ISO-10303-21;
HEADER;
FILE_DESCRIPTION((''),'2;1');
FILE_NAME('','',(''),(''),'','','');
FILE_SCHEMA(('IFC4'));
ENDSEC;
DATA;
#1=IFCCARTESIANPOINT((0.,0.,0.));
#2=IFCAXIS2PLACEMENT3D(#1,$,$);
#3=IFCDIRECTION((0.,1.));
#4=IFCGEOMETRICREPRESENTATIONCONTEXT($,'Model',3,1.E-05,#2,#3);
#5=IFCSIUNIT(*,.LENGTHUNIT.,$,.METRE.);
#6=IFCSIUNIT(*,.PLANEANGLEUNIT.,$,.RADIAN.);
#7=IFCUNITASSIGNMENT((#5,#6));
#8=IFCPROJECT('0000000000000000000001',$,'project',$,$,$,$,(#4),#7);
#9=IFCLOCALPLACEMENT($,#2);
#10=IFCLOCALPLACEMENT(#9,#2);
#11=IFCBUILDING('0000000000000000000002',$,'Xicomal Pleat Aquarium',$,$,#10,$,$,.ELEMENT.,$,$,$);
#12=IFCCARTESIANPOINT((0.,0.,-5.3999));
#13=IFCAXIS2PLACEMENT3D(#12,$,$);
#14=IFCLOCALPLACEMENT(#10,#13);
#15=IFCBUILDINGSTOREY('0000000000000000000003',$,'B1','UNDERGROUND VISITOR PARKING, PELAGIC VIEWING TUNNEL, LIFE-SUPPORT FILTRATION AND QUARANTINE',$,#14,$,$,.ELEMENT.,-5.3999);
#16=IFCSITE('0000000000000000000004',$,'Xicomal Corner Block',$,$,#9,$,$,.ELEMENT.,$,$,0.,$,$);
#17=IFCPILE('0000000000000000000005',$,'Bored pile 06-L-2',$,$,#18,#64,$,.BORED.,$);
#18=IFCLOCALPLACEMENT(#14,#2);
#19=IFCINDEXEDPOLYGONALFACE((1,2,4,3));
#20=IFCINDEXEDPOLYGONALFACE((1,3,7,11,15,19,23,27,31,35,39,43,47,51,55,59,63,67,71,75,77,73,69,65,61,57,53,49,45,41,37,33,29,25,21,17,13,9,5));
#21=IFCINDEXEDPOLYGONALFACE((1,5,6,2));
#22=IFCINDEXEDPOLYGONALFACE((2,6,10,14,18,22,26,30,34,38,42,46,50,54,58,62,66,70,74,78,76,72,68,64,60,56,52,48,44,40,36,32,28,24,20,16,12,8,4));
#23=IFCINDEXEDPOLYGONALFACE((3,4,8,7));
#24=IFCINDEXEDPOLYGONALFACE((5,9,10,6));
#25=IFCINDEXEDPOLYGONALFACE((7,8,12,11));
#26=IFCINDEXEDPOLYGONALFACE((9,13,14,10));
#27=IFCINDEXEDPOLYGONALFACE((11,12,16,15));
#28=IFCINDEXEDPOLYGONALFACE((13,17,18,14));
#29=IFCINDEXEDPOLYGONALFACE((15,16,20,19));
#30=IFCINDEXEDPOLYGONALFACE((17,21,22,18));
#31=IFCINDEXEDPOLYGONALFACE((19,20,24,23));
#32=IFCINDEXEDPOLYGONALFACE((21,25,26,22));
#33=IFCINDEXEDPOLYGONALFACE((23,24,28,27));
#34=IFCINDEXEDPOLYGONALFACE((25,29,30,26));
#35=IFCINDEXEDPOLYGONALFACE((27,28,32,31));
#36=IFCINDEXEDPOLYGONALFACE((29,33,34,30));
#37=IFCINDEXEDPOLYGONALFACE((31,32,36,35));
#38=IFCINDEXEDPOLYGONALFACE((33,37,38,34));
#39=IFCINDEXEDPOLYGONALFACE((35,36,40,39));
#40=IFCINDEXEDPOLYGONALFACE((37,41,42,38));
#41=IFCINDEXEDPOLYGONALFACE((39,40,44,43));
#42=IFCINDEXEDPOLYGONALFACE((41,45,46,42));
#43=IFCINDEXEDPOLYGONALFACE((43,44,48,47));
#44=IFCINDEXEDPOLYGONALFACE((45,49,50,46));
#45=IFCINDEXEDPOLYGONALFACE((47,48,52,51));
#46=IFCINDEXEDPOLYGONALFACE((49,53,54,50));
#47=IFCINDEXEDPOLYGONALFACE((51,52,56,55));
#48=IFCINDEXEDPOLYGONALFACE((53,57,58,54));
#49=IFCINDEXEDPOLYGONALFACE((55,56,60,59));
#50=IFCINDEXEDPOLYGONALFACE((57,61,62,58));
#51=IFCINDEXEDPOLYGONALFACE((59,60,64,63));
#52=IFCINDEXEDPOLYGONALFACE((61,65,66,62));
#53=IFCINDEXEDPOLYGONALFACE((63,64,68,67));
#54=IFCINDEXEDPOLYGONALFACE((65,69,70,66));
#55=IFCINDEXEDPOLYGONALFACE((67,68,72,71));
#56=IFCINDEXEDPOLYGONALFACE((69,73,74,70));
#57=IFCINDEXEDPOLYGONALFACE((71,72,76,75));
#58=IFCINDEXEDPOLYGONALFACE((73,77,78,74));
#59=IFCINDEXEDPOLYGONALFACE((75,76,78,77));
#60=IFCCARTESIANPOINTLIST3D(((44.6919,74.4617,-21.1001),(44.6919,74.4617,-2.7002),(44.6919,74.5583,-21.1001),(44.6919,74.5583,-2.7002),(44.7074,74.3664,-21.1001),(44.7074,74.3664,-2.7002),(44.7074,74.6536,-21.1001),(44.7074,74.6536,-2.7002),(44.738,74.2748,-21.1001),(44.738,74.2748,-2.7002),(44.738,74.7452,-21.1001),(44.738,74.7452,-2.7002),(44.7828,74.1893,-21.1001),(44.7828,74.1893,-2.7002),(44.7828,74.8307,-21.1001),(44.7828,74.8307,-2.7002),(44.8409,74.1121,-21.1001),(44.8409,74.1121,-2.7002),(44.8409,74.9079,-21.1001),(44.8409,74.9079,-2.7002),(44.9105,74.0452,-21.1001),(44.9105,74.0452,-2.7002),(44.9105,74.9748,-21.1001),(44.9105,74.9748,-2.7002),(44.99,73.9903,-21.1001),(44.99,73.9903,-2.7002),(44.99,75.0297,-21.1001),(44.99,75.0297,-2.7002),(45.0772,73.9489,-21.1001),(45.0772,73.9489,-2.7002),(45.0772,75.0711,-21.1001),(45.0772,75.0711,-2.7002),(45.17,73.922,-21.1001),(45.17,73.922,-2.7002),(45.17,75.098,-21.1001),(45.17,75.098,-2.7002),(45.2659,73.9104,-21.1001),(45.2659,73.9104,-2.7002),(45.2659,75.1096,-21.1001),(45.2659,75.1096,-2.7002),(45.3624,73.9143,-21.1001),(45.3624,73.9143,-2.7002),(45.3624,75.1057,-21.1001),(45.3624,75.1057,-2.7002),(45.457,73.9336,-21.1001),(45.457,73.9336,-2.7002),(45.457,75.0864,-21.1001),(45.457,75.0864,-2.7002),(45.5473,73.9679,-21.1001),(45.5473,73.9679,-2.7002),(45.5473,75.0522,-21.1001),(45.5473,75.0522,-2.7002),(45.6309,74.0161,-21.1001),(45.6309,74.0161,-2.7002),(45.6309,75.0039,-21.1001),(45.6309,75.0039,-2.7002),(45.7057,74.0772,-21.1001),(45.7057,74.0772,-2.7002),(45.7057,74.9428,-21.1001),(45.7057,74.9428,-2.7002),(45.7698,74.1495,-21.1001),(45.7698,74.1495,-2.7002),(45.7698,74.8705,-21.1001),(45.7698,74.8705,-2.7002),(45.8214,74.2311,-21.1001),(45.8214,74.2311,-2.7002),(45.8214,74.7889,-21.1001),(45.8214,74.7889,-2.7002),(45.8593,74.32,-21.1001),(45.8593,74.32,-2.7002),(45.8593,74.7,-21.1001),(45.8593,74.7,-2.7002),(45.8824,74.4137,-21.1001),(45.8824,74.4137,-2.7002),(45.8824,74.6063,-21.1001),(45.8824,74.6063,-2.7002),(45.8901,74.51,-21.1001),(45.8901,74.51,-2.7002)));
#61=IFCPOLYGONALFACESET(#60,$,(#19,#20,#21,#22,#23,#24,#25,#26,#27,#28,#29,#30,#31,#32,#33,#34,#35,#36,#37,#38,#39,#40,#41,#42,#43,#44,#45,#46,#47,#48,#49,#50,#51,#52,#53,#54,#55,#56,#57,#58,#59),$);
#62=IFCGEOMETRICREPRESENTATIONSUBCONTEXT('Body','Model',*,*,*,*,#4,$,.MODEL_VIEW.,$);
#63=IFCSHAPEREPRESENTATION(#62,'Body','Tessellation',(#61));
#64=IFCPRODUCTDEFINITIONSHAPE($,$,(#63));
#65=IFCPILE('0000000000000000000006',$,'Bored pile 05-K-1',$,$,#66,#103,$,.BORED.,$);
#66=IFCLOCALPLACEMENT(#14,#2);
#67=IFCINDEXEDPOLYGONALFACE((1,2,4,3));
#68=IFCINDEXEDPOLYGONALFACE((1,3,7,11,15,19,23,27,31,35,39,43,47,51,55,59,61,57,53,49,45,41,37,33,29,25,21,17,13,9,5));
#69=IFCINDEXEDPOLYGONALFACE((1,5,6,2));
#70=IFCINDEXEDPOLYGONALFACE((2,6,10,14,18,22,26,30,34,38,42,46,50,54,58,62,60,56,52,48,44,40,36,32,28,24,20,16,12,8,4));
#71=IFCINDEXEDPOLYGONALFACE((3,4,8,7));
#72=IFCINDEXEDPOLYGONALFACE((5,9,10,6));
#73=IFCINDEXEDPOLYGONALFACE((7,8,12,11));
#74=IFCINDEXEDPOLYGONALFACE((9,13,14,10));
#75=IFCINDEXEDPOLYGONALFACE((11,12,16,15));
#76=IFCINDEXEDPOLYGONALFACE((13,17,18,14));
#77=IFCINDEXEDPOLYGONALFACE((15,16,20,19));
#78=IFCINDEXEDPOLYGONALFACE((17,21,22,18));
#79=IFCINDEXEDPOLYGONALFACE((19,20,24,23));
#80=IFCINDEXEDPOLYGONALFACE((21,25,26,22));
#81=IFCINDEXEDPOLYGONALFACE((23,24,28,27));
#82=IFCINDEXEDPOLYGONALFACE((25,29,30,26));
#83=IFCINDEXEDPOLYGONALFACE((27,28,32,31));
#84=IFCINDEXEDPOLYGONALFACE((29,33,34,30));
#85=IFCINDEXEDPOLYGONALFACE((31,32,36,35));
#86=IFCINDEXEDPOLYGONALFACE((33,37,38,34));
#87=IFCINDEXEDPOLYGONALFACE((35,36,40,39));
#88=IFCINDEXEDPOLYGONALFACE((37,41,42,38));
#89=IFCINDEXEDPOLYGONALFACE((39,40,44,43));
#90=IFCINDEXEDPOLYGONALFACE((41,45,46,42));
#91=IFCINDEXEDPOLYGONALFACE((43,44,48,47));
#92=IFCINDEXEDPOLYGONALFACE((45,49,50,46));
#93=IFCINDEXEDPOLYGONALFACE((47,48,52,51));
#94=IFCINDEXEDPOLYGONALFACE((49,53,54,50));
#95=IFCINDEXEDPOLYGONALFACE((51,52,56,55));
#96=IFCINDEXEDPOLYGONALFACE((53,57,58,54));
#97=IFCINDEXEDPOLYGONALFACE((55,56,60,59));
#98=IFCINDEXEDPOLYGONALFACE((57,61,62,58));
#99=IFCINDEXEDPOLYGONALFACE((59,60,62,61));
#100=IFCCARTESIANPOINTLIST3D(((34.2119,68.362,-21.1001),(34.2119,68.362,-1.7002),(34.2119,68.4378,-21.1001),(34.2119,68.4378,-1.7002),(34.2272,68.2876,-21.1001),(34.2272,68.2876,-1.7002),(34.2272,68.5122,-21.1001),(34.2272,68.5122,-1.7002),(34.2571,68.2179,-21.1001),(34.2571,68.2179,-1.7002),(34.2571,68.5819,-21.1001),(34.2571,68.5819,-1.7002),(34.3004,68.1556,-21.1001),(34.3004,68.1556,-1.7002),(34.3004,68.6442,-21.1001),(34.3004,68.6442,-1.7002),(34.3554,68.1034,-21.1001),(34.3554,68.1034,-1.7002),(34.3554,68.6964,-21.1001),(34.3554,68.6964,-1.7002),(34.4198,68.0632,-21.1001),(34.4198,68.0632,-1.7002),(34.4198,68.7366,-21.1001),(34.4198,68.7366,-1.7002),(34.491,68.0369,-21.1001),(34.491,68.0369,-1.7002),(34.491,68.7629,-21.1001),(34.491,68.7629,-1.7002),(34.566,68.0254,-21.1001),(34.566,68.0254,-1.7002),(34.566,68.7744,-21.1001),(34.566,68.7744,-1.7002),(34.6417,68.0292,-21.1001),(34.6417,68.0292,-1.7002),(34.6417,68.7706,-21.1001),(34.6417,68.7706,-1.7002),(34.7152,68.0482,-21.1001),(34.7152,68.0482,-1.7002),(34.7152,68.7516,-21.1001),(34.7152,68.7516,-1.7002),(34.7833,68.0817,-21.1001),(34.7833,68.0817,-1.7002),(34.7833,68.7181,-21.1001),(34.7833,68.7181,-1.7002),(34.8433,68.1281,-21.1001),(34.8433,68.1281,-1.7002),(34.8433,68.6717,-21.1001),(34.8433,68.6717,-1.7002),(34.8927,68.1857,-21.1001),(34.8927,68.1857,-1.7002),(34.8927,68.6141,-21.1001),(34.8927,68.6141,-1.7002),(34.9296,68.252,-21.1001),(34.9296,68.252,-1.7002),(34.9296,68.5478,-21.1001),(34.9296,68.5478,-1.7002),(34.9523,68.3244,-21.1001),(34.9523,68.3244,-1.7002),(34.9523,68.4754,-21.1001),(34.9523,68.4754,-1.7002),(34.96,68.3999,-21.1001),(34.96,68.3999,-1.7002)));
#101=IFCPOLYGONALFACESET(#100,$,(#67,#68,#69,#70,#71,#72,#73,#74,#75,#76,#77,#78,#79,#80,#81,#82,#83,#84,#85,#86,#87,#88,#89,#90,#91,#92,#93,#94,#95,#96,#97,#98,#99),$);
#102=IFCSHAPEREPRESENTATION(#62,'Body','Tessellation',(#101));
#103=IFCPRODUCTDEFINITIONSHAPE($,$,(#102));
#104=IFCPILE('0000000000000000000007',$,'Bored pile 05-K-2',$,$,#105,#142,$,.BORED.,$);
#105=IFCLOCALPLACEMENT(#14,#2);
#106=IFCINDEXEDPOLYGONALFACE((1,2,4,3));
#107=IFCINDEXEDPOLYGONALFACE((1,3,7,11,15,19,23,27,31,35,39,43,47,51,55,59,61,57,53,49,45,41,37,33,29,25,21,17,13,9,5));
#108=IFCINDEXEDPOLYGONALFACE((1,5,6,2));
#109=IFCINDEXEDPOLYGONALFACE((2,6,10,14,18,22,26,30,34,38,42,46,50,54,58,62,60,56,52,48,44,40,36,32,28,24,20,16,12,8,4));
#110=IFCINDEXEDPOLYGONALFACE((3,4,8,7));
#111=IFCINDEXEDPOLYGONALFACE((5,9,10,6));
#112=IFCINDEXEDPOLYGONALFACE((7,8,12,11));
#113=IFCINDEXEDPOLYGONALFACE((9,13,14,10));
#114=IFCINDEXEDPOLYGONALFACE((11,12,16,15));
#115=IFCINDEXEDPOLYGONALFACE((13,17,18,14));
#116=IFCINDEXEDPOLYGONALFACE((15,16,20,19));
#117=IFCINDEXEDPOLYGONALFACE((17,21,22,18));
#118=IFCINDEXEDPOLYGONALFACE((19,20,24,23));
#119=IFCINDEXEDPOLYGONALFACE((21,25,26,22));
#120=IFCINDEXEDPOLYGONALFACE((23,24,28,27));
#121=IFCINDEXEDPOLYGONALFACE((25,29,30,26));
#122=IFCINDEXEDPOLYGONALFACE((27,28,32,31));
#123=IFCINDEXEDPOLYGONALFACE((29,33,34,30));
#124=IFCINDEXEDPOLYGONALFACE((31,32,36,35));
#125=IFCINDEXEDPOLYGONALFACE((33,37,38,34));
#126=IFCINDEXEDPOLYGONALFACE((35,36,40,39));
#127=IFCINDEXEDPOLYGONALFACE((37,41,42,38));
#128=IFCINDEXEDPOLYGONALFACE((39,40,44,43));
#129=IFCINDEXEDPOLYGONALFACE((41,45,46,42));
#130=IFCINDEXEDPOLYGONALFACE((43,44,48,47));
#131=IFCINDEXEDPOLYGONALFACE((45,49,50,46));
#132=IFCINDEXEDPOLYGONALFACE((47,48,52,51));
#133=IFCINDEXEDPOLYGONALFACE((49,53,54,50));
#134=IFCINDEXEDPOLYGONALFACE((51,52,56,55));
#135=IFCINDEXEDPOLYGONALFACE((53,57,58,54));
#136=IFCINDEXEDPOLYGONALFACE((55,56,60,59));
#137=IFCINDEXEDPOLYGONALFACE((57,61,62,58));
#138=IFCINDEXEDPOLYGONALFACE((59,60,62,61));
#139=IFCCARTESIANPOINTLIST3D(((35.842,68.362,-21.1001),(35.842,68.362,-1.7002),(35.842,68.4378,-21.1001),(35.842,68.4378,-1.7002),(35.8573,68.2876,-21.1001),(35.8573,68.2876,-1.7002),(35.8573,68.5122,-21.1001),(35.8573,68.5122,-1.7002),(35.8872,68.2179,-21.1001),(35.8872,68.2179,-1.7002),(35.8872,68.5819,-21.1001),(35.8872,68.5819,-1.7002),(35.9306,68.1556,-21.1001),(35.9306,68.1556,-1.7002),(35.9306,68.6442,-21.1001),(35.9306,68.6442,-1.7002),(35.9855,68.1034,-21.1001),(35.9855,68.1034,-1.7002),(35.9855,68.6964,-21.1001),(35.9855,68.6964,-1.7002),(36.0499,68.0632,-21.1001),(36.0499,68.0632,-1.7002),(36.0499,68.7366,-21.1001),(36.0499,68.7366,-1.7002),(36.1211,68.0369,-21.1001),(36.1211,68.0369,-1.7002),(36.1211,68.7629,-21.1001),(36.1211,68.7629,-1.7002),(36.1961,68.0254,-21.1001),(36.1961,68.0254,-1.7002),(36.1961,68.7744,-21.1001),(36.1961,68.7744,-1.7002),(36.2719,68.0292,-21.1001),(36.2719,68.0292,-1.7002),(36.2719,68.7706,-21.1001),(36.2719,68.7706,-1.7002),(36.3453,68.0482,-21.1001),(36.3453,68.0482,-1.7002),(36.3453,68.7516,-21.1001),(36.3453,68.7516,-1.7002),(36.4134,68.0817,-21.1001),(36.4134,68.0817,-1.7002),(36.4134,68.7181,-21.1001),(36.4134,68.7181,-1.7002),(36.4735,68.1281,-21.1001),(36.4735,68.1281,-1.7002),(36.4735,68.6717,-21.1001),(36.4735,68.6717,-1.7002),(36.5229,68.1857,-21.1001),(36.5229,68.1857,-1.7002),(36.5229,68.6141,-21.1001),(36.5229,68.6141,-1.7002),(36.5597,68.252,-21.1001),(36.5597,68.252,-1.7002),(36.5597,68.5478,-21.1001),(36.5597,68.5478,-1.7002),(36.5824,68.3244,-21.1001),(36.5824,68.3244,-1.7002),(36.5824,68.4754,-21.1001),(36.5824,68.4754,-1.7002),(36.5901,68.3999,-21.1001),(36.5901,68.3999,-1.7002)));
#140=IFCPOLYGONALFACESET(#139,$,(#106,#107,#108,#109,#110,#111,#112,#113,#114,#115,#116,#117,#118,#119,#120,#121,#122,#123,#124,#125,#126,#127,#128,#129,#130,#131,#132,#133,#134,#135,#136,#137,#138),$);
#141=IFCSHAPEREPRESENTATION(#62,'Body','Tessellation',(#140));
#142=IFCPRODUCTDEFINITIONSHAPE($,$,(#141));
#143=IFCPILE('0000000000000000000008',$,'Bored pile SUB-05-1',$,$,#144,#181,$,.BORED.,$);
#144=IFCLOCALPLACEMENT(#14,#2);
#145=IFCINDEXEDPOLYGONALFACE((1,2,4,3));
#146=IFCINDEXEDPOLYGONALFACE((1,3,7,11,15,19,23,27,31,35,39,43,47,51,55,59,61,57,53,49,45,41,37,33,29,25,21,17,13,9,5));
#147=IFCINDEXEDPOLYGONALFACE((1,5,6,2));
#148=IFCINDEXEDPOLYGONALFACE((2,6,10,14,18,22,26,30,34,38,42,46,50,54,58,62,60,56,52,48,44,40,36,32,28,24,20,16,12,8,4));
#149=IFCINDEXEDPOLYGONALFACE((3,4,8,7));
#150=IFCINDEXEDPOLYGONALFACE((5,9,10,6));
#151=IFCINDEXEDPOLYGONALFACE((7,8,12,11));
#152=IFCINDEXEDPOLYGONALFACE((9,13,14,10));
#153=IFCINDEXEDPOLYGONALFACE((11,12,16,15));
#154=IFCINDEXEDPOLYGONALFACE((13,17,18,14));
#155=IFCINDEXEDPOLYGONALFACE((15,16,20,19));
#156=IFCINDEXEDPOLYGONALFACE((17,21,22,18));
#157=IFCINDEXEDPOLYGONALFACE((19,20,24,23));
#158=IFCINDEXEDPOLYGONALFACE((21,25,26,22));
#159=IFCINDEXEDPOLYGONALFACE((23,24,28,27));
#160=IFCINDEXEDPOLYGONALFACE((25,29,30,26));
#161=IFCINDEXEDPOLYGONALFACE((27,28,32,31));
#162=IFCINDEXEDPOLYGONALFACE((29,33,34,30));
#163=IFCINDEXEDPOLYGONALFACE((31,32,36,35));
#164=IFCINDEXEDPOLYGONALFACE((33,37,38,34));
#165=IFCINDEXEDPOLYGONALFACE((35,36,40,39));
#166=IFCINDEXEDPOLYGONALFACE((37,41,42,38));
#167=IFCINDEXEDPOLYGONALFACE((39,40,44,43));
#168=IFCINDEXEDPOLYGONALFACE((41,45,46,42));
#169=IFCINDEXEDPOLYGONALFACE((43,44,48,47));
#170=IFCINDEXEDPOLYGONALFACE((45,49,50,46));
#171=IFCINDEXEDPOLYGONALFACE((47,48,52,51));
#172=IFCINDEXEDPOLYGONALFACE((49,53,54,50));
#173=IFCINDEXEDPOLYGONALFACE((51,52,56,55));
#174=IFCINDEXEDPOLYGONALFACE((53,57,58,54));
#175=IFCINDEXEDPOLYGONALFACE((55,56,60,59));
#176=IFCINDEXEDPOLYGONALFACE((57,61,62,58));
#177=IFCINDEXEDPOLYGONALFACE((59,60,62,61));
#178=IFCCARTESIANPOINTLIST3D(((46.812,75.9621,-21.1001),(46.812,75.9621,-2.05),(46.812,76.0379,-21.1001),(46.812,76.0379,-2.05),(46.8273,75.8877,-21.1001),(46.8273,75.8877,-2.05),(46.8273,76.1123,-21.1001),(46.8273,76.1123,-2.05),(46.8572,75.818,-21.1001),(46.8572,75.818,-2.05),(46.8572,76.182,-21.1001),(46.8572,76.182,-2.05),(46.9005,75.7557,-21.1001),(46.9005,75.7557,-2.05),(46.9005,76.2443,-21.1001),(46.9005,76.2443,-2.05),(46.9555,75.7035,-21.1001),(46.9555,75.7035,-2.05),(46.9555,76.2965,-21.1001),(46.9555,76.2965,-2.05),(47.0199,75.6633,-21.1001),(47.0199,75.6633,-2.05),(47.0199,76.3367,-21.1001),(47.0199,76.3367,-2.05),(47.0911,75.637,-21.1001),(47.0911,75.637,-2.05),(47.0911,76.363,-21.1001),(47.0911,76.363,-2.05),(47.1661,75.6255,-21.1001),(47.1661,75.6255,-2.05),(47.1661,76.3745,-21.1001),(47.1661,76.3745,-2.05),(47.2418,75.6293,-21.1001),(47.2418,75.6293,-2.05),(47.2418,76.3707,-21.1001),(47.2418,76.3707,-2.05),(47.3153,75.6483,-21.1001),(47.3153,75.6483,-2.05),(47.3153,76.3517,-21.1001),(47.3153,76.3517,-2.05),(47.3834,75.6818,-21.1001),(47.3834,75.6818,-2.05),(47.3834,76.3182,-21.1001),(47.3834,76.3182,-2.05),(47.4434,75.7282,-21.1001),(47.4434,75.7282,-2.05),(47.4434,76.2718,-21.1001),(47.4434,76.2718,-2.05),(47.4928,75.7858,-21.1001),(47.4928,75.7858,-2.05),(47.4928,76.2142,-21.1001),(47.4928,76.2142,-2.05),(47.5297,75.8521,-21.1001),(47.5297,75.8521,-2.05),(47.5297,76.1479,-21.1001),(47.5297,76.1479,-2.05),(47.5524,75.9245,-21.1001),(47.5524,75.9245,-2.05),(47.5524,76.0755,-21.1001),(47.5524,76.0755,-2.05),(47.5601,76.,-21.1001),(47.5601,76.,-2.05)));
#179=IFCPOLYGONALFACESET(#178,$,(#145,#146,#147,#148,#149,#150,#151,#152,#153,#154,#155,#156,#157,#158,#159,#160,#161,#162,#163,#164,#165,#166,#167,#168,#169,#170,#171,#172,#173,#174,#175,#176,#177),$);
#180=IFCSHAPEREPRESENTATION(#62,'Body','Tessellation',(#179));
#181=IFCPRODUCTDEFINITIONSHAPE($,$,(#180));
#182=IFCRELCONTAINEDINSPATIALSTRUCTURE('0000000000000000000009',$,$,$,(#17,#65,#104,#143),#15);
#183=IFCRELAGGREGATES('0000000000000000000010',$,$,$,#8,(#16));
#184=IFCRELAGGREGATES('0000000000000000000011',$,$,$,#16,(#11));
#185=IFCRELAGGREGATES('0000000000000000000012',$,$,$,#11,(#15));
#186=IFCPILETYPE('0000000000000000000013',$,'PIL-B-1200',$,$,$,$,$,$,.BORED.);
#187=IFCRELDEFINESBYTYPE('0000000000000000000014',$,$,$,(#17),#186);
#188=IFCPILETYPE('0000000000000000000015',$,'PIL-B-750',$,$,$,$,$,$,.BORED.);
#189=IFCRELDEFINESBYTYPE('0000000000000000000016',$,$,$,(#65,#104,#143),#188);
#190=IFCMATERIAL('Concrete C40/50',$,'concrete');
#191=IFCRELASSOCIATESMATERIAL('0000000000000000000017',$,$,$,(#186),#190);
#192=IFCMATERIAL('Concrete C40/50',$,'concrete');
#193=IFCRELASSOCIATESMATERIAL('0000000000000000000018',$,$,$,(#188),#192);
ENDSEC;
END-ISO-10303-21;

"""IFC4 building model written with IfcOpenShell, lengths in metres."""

from ifc_helpers import new_model, si_unit, direction, frame, origin, origin_2d, place, context, subcontext, project, spatial, circle, extrude, material, material_profile, profile_set, type_object, element, save


model = new_model("IFC4")

# Units and contexts
model_context = context("Model", 3, precision=1e-05, world=origin(), true_north=direction((0.0, 1.0)))
body_context = subcontext(model_context, "Body", "Model", "MODEL_VIEW")
ifc_project = project(units=[si_unit("LENGTHUNIT", "METRE"), si_unit("PLANEANGLEUNIT", "RADIAN")], contexts=[model_context])

# Site, building, storey
site_placement = place(None, origin())
site = spatial("IfcSite", under=ifc_project, at=site_placement, Name="Xicomal Corner Block", CompositionType="ELEMENT", RefElevation=0.0)
building_placement = place(site_placement, origin())
building = spatial("IfcBuilding", under=site, at=building_placement, Name="Xicomal Pleat Aquarium", CompositionType="ELEMENT")
storey_placement = place(building_placement, frame((0.0, 0.0, -5.3999)))
storey = spatial("IfcBuildingStorey", under=building, at=storey_placement, Name="B1", Description="UNDERGROUND VISITOR PARKING, PELAGIC VIEWING TUNNEL, LIFE-SUPPORT FILTRATION AND QUARANTINE", CompositionType="ELEMENT", Elevation=-5.3999)

# Piles
ifc_material_1 = material(Name="Concrete C40/50", Category="concrete")
ifc_material_profile_1 = material_profile(ifc_material_1, circle(Radius=0.6001, at=origin_2d()), Name="BORED PILE D1200")
ifc_profile_set_1 = profile_set([ifc_material_profile_1], Name="Concrete C40/50")
pile_type_1 = type_object("IfcPileType", Name="PIL-B-1200", PredefinedType="BORED", material=ifc_profile_set_1)
for number, where, z_axis, x_axis, name in (
    (1, (45.29, 74.51, -2.7002), (0.0, 0.0, -1.0), (1.0, 0.0, 0.0), "Bored pile 06-L-2"),
):
    element("IfcPile", number, at=place(storey_placement, frame(where, z_axis=z_axis, x_axis=x_axis)), inside=storey, type_object=pile_type_1, Name=name, PredefinedType="BORED", context=body_context, shape_type="SweptSolid", body=[
        extrude(circle(Radius=0.6001, at=origin_2d()), origin(), (0.0, 0.0, 1.0), 18.3999),
    ])
ifc_material_2 = material(Name="Concrete C40/50", Category="concrete")
ifc_material_profile_2 = material_profile(ifc_material_2, circle(Radius=0.375, at=origin_2d()), Name="BORED PILE D750")
ifc_profile_set_2 = profile_set([ifc_material_profile_2], Name="Concrete C40/50")
pile_type_2 = type_object("IfcPileType", Name="PIL-B-750", PredefinedType="BORED", material=ifc_profile_set_2)
for number, where, z_axis, x_axis, name in (
    (2, (34.585, 68.3999, -1.7002), (0.0, 0.0, -1.0), (1.0, 0.0, 0.0), "Bored pile 05-K-1"),
    (3, (36.2151, 68.3999, -1.7002), (0.0, 0.0, -1.0), (1.0, 0.0, 0.0), "Bored pile 05-K-2"),
):
    element("IfcPile", number, at=place(storey_placement, frame(where, z_axis=z_axis, x_axis=x_axis)), inside=storey, type_object=pile_type_2, Name=name, PredefinedType="BORED", context=body_context, shape_type="SweptSolid", body=[
        extrude(circle(Radius=0.375, at=origin_2d()), origin(), (0.0, 0.0, 1.0), 19.3999),
    ])
for number, where, z_axis, x_axis, name in (
    (4, (47.1851, 76.0, -2.05), (0.0, 0.0, -1.0), (1.0, 0.0, 0.0), "Bored pile SUB-05-1"),
):
    element("IfcPile", number, at=place(storey_placement, frame(where, z_axis=z_axis, x_axis=x_axis)), inside=storey, type_object=pile_type_2, Name=name, PredefinedType="BORED", context=body_context, shape_type="SweptSolid", body=[
        extrude(circle(Radius=0.375, at=origin_2d()), origin(), (0.0, 0.0, 1.0), 19.05),
    ])

save(model, "model.ifc")
